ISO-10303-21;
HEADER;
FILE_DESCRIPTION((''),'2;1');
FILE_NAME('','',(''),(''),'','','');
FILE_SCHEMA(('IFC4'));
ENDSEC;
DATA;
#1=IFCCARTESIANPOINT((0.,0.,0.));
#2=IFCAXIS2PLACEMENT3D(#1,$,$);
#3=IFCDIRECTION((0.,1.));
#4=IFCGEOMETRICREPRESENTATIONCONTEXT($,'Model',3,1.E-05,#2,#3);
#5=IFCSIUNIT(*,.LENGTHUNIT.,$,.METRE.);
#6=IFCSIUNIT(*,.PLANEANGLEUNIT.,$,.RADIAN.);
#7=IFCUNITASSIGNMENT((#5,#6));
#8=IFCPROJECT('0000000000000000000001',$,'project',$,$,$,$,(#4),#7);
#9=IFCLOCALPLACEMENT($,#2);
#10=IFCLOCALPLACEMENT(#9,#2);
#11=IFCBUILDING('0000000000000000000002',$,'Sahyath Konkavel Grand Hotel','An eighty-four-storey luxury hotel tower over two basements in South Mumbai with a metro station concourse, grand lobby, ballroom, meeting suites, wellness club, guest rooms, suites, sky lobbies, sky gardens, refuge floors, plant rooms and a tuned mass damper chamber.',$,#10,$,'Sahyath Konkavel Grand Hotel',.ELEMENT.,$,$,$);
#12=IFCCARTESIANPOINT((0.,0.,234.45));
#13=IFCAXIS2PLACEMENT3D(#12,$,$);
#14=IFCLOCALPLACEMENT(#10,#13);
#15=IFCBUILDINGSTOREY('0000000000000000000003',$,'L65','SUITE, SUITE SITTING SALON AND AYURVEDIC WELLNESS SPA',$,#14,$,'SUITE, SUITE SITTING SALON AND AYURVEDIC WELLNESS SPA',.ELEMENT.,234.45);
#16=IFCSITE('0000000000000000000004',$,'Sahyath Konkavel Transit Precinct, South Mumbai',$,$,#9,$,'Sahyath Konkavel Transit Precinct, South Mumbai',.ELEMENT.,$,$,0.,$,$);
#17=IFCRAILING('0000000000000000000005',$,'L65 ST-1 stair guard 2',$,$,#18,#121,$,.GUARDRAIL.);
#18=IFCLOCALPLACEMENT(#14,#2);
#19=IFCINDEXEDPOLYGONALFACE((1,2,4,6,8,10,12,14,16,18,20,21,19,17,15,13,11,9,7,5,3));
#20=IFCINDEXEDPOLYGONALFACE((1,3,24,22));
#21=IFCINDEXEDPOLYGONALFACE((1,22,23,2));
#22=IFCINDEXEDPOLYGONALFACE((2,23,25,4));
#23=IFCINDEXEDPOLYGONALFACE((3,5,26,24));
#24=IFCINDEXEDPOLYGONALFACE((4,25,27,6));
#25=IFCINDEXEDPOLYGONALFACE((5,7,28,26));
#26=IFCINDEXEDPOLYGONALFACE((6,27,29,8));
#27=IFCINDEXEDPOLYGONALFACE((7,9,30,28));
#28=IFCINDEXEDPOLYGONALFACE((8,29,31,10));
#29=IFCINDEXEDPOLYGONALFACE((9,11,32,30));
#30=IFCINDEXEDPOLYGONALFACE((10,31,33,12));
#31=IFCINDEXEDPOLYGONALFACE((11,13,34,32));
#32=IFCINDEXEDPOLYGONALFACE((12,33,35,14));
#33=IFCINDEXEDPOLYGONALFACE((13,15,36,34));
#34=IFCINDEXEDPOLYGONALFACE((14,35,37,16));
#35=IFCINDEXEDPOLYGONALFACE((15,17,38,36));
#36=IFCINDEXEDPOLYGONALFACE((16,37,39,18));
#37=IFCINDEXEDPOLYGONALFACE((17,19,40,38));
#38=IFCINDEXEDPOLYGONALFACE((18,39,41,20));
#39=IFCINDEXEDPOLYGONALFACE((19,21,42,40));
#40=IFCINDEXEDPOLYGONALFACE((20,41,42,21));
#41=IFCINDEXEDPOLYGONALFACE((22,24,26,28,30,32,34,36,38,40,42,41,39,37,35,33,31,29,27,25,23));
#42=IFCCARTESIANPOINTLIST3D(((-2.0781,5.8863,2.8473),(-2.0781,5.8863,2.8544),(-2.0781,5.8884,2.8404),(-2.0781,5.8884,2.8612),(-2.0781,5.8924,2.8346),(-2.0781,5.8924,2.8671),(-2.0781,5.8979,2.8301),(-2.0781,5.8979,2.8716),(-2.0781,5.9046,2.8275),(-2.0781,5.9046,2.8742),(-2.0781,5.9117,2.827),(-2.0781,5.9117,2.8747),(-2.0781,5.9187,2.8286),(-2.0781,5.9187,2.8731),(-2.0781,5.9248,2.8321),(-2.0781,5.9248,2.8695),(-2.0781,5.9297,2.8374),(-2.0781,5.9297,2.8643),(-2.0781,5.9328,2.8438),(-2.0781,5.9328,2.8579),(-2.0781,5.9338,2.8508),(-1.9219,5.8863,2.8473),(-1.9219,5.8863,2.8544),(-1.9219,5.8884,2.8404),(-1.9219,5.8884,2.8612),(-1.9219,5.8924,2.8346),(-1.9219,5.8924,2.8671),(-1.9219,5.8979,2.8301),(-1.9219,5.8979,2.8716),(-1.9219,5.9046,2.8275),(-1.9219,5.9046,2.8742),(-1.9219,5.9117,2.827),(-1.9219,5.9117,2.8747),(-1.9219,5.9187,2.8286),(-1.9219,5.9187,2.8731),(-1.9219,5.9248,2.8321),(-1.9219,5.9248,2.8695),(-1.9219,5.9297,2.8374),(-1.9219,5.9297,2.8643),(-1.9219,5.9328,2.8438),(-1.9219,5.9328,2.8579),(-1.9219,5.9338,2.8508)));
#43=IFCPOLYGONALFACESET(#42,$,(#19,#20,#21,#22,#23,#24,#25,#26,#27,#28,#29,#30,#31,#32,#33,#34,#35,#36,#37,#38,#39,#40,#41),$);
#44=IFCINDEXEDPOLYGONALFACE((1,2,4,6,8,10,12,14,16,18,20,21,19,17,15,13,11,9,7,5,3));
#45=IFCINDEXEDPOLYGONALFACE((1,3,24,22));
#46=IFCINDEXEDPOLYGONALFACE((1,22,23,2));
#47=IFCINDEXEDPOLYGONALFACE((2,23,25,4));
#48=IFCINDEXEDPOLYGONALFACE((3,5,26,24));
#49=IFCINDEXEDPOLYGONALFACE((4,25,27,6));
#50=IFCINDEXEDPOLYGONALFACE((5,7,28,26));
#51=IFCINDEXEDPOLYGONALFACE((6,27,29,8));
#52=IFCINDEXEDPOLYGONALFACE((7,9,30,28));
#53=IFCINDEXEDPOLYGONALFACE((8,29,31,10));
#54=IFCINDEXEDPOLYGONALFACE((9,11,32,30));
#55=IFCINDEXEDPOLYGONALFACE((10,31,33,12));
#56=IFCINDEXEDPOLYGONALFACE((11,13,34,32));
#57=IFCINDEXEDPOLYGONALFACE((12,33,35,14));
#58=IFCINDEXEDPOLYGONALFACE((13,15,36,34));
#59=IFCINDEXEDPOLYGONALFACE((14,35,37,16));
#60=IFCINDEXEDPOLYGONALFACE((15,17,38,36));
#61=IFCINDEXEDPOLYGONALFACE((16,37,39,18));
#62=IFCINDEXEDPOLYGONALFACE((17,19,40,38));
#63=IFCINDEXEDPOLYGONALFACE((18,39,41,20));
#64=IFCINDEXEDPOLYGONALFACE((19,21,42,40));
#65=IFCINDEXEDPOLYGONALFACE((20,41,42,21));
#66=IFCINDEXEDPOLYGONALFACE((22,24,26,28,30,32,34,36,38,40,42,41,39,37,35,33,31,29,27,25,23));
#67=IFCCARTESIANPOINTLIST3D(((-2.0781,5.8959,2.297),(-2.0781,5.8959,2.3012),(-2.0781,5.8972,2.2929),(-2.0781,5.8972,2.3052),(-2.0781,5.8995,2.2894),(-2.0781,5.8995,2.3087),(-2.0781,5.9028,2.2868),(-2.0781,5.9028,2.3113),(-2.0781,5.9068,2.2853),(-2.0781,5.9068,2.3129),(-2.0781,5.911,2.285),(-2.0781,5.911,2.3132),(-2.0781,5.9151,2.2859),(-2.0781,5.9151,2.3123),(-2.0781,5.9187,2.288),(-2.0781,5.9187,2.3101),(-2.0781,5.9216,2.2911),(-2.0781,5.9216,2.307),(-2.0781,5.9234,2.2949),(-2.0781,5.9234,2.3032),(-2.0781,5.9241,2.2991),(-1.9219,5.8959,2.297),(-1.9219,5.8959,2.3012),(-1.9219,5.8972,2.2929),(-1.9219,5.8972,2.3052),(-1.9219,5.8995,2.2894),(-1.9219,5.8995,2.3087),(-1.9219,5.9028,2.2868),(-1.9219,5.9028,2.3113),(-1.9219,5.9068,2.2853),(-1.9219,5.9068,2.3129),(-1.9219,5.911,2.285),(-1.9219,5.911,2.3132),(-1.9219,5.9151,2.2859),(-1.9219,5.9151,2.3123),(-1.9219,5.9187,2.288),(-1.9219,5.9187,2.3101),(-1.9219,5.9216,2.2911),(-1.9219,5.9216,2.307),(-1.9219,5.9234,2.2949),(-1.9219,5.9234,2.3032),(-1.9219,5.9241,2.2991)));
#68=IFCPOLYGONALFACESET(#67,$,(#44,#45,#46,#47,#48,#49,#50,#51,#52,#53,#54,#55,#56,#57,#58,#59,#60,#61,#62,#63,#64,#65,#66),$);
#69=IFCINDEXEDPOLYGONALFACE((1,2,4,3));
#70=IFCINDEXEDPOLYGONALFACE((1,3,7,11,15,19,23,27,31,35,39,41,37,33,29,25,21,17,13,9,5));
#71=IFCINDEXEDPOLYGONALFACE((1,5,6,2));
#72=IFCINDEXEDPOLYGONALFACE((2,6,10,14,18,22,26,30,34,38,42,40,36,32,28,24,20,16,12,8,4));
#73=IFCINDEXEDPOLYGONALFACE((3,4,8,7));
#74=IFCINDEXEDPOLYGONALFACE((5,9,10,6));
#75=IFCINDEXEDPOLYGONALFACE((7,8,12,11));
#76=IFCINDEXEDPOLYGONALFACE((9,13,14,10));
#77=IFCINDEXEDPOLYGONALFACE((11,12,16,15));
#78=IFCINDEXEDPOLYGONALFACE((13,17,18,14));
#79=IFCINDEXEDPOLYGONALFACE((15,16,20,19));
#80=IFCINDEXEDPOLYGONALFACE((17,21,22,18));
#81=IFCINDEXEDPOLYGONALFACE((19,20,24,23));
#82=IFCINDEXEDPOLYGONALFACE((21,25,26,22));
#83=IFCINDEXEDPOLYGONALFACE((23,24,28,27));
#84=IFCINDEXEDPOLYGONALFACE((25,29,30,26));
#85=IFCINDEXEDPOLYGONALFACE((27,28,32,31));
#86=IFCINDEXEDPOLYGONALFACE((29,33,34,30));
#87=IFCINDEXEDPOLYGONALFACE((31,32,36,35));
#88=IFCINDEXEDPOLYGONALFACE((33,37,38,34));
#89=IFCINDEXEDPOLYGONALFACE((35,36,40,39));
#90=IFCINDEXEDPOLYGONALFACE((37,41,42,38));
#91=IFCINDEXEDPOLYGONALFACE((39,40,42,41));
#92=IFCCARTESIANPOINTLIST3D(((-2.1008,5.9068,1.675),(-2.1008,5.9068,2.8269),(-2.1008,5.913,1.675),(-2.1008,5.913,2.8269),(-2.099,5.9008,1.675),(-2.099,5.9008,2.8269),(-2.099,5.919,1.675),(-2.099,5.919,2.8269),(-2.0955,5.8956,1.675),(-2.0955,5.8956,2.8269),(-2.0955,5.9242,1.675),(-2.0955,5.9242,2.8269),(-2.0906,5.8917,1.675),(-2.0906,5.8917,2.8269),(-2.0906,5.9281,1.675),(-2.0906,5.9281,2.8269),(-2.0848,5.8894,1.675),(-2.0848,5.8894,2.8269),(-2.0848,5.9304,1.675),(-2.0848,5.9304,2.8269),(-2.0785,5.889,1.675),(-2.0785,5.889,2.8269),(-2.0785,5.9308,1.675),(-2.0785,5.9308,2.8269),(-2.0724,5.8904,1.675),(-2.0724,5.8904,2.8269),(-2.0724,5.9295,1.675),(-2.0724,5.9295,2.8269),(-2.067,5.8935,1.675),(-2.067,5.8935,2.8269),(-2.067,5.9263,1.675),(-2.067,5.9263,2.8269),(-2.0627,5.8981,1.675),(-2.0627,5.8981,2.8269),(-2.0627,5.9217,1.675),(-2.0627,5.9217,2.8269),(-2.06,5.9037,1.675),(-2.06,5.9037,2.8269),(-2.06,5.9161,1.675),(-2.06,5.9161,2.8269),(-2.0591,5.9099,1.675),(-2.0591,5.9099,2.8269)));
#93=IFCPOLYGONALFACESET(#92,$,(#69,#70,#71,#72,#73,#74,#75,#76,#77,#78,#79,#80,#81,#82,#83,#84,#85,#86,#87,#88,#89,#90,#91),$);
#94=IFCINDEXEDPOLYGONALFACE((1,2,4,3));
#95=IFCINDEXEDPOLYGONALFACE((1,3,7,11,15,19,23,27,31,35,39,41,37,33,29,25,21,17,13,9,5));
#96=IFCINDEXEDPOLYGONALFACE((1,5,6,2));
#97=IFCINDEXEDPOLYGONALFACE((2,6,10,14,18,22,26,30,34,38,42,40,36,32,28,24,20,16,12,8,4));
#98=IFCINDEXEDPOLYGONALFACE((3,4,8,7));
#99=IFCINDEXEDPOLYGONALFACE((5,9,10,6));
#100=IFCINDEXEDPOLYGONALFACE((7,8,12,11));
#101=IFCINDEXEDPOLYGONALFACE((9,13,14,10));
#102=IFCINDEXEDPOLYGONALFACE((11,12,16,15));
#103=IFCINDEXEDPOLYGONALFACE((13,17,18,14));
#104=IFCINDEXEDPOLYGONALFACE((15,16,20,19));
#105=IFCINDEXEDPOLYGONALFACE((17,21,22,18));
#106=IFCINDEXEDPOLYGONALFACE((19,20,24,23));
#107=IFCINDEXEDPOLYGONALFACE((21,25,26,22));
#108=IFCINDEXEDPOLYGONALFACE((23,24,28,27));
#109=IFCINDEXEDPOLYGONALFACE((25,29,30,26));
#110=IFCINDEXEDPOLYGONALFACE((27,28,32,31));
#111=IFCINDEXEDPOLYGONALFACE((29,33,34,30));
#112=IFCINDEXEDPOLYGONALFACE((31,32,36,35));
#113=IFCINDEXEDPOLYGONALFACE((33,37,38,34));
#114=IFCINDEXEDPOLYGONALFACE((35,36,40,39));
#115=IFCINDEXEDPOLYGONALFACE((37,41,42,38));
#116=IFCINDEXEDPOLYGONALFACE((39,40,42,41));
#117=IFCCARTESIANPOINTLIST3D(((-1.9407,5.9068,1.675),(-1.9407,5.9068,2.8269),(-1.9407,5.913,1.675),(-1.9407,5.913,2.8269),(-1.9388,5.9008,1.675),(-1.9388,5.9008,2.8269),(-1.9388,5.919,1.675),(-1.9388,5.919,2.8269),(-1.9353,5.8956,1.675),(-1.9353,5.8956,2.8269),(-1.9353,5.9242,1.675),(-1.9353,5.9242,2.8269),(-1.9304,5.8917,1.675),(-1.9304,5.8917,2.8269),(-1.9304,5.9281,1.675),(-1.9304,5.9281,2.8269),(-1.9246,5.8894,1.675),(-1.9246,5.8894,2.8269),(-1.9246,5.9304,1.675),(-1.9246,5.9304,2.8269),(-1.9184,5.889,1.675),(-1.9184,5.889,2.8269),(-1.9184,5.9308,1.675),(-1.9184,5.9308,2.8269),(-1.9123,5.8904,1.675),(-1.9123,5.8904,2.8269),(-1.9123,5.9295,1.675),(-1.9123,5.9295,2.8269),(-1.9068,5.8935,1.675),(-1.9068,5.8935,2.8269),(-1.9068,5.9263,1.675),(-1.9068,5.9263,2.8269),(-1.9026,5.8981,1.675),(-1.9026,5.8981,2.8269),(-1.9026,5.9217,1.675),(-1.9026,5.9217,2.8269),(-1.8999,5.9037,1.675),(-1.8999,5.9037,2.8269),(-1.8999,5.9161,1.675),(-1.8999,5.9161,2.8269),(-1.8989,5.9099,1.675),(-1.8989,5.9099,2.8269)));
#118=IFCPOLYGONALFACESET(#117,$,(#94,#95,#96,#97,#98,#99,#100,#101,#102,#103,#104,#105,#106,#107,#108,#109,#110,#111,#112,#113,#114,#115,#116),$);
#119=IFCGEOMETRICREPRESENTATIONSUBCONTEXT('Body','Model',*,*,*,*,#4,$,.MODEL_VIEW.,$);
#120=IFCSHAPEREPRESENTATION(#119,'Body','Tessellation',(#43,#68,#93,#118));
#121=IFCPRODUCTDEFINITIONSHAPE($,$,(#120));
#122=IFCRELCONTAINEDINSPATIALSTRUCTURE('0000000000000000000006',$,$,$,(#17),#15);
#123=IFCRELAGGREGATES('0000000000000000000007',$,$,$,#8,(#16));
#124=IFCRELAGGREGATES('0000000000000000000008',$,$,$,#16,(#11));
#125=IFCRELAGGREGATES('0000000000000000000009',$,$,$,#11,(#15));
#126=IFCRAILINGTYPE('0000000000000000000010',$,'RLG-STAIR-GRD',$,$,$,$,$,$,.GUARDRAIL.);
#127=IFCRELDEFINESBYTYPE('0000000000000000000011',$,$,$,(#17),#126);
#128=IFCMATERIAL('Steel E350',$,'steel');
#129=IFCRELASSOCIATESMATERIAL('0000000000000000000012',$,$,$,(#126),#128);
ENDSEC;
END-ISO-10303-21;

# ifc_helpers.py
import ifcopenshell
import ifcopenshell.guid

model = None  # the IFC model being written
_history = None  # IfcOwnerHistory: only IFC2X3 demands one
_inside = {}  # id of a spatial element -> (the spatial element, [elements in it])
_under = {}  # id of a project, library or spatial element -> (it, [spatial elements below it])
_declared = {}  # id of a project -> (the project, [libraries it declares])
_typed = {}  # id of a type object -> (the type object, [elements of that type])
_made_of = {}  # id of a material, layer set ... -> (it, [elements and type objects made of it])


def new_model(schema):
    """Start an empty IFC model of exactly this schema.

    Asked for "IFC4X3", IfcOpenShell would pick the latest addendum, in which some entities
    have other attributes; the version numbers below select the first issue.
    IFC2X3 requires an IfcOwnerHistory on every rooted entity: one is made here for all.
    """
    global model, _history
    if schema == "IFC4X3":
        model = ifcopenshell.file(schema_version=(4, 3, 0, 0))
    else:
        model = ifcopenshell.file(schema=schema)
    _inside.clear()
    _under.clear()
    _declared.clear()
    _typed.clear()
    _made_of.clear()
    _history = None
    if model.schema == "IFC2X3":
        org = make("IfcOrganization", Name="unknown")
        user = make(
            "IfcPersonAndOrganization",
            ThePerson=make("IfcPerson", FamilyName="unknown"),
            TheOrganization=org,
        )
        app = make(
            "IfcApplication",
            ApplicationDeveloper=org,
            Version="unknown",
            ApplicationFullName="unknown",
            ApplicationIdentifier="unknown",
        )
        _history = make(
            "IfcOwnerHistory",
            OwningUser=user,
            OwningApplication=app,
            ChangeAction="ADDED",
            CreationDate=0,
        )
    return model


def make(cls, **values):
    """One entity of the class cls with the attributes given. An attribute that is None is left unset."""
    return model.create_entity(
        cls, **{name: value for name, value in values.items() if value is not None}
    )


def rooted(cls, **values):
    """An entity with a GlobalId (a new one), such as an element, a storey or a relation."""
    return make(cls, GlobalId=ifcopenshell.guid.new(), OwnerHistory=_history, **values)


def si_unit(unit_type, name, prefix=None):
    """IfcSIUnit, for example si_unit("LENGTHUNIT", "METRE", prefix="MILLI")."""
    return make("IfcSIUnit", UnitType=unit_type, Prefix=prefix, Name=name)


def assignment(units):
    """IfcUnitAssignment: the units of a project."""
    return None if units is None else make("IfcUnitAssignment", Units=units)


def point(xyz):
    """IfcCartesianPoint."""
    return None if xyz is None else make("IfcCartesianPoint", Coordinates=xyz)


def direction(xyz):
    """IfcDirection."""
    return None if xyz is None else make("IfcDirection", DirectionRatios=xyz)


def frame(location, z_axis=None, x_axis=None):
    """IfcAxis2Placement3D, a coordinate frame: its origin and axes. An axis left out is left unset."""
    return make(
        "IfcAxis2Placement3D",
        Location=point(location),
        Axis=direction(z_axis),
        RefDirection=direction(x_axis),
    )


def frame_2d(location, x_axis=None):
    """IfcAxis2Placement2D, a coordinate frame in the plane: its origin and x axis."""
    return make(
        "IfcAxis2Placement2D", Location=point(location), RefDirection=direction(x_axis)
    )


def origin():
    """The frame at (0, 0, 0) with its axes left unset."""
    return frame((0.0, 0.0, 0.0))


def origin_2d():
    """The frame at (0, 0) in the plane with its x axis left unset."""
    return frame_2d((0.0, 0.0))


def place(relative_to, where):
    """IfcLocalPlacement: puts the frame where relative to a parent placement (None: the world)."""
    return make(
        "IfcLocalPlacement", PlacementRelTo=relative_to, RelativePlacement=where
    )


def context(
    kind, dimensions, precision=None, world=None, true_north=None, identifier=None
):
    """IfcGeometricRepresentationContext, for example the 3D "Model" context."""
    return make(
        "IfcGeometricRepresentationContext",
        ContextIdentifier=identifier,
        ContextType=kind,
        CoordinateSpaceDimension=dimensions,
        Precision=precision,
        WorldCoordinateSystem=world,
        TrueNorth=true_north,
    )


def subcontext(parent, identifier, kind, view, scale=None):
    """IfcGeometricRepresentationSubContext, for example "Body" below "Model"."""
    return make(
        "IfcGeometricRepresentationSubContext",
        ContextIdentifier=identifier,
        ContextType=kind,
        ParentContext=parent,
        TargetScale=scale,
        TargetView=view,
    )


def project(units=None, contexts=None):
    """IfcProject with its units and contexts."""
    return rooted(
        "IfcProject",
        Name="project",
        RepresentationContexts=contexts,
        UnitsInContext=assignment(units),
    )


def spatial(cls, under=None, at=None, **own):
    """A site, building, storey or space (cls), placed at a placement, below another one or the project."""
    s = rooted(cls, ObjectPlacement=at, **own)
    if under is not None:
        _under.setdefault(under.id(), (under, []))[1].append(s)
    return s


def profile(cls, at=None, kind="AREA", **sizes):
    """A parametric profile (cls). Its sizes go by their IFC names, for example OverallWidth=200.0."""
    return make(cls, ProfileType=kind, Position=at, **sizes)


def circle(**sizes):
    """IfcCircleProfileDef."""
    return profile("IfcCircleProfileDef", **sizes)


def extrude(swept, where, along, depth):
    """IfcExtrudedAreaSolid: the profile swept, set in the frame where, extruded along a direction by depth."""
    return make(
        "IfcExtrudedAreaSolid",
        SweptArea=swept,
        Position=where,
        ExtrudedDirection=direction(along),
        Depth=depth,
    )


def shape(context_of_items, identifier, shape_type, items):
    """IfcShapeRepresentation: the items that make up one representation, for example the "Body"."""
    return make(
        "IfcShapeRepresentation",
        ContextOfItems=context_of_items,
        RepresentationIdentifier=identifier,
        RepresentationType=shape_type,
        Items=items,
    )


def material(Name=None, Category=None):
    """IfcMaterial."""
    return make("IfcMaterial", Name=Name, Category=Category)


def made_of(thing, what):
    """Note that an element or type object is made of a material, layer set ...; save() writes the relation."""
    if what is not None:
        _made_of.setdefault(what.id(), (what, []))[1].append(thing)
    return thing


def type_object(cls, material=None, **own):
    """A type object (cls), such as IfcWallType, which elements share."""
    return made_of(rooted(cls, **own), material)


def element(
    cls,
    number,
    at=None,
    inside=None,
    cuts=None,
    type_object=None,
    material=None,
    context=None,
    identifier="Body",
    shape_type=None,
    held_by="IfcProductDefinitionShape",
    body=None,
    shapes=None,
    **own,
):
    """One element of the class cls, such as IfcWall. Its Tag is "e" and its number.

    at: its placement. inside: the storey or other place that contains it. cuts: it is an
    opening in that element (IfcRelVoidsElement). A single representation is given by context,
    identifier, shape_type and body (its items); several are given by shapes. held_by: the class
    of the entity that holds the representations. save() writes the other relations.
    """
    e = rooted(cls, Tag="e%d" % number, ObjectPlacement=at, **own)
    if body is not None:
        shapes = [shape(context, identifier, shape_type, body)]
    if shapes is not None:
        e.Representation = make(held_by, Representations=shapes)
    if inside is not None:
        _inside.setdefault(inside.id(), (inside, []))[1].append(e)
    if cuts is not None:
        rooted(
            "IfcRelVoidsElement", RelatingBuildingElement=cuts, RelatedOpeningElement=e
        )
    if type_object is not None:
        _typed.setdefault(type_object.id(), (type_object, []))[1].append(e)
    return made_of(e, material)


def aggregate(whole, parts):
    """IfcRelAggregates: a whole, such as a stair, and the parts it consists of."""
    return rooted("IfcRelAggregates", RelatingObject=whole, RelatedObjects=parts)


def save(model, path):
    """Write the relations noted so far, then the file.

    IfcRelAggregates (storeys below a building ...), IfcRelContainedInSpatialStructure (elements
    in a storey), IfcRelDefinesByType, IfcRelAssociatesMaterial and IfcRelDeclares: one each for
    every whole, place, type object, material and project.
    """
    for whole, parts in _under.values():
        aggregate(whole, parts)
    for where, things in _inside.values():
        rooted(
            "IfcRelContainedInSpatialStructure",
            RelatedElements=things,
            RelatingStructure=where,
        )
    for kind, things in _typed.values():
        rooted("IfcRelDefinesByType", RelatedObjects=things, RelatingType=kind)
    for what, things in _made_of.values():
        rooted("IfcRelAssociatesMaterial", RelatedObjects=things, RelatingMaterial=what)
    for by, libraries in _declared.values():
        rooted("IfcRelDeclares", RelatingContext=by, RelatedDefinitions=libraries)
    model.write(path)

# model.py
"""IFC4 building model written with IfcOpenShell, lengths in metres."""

from ifc_helpers import new_model, si_unit, direction, frame, origin, origin_2d, place, context, subcontext, project, spatial, circle, extrude, material, type_object, element, save


model = new_model("IFC4")

# Units and contexts
model_context = context("Model", 3, precision=1e-05, world=origin(), true_north=direction((0.0, 1.0)))
body_context = subcontext(model_context, "Body", "Model", "MODEL_VIEW")
ifc_project = project(units=[si_unit("LENGTHUNIT", "METRE"), si_unit("PLANEANGLEUNIT", "RADIAN")], contexts=[model_context])

# Site, building, storey
site_placement = place(None, origin())
site = spatial("IfcSite", under=ifc_project, at=site_placement, Name="Sahyath Konkavel Transit Precinct, South Mumbai", LongName="Sahyath Konkavel Transit Precinct, South Mumbai", CompositionType="ELEMENT", RefElevation=0.0)
building_placement = place(site_placement, origin())
building = spatial("IfcBuilding", under=site, at=building_placement, Name="Sahyath Konkavel Grand Hotel", Description="An eighty-four-storey luxury hotel tower over two basements in South Mumbai with a metro station concourse, grand lobby, ballroom, meeting suites, wellness club, guest rooms, suites, sky lobbies, sky gardens, refuge floors, plant rooms and a tuned mass damper chamber.", LongName="Sahyath Konkavel Grand Hotel", CompositionType="ELEMENT")
storey_placement = place(building_placement, frame((0.0, 0.0, 234.45)))
storey = spatial("IfcBuildingStorey", under=building, at=storey_placement, Name="L65", Description="SUITE, SUITE SITTING SALON AND AYURVEDIC WELLNESS SPA", LongName="SUITE, SUITE SITTING SALON AND AYURVEDIC WELLNESS SPA", CompositionType="ELEMENT", Elevation=234.45)

# Shared definitions
ifc_material_1 = material(Name="Steel E350", Category="steel")

# Railing
railing_type_1 = type_object("IfcRailingType", Name="RLG-STAIR-GRD", PredefinedType="GUARDRAIL", material=ifc_material_1)
railing_1_placement = place(storey_placement, frame((-2.0801, 5.9099, 1.675)))
element("IfcRailing", 1, at=railing_1_placement, inside=storey, type_object=railing_type_1, Name="L65 ST-1 stair guard 2", PredefinedType="GUARDRAIL", context=body_context, shape_type="SweptSolid", body=[
    extrude(circle(Radius=0.0239, at=origin_2d()), frame((0.002, 0.0, 1.1758), z_axis=(1.0, 0.0, 0.0), x_axis=(0.0, 1.0, 0.0)), (0.0, 0.0, 1.0), 0.1562),
    extrude(circle(Radius=0.0142, at=origin_2d()), frame((0.002, 0.0, 0.624), z_axis=(1.0, 0.0, 0.0), x_axis=(0.0, 1.0, 0.0)), (0.0, 0.0, 1.0), 0.1562),
    extrude(circle(Radius=0.021, at=origin_2d()), origin(), (0.0, 0.0, 1.0), 1.1519),
    extrude(circle(Radius=0.021, at=origin_2d()), frame((0.1602, 0.0, 0.0)), (0.0, 0.0, 1.0), 1.1519),
])

save(model, "model.ifc")
